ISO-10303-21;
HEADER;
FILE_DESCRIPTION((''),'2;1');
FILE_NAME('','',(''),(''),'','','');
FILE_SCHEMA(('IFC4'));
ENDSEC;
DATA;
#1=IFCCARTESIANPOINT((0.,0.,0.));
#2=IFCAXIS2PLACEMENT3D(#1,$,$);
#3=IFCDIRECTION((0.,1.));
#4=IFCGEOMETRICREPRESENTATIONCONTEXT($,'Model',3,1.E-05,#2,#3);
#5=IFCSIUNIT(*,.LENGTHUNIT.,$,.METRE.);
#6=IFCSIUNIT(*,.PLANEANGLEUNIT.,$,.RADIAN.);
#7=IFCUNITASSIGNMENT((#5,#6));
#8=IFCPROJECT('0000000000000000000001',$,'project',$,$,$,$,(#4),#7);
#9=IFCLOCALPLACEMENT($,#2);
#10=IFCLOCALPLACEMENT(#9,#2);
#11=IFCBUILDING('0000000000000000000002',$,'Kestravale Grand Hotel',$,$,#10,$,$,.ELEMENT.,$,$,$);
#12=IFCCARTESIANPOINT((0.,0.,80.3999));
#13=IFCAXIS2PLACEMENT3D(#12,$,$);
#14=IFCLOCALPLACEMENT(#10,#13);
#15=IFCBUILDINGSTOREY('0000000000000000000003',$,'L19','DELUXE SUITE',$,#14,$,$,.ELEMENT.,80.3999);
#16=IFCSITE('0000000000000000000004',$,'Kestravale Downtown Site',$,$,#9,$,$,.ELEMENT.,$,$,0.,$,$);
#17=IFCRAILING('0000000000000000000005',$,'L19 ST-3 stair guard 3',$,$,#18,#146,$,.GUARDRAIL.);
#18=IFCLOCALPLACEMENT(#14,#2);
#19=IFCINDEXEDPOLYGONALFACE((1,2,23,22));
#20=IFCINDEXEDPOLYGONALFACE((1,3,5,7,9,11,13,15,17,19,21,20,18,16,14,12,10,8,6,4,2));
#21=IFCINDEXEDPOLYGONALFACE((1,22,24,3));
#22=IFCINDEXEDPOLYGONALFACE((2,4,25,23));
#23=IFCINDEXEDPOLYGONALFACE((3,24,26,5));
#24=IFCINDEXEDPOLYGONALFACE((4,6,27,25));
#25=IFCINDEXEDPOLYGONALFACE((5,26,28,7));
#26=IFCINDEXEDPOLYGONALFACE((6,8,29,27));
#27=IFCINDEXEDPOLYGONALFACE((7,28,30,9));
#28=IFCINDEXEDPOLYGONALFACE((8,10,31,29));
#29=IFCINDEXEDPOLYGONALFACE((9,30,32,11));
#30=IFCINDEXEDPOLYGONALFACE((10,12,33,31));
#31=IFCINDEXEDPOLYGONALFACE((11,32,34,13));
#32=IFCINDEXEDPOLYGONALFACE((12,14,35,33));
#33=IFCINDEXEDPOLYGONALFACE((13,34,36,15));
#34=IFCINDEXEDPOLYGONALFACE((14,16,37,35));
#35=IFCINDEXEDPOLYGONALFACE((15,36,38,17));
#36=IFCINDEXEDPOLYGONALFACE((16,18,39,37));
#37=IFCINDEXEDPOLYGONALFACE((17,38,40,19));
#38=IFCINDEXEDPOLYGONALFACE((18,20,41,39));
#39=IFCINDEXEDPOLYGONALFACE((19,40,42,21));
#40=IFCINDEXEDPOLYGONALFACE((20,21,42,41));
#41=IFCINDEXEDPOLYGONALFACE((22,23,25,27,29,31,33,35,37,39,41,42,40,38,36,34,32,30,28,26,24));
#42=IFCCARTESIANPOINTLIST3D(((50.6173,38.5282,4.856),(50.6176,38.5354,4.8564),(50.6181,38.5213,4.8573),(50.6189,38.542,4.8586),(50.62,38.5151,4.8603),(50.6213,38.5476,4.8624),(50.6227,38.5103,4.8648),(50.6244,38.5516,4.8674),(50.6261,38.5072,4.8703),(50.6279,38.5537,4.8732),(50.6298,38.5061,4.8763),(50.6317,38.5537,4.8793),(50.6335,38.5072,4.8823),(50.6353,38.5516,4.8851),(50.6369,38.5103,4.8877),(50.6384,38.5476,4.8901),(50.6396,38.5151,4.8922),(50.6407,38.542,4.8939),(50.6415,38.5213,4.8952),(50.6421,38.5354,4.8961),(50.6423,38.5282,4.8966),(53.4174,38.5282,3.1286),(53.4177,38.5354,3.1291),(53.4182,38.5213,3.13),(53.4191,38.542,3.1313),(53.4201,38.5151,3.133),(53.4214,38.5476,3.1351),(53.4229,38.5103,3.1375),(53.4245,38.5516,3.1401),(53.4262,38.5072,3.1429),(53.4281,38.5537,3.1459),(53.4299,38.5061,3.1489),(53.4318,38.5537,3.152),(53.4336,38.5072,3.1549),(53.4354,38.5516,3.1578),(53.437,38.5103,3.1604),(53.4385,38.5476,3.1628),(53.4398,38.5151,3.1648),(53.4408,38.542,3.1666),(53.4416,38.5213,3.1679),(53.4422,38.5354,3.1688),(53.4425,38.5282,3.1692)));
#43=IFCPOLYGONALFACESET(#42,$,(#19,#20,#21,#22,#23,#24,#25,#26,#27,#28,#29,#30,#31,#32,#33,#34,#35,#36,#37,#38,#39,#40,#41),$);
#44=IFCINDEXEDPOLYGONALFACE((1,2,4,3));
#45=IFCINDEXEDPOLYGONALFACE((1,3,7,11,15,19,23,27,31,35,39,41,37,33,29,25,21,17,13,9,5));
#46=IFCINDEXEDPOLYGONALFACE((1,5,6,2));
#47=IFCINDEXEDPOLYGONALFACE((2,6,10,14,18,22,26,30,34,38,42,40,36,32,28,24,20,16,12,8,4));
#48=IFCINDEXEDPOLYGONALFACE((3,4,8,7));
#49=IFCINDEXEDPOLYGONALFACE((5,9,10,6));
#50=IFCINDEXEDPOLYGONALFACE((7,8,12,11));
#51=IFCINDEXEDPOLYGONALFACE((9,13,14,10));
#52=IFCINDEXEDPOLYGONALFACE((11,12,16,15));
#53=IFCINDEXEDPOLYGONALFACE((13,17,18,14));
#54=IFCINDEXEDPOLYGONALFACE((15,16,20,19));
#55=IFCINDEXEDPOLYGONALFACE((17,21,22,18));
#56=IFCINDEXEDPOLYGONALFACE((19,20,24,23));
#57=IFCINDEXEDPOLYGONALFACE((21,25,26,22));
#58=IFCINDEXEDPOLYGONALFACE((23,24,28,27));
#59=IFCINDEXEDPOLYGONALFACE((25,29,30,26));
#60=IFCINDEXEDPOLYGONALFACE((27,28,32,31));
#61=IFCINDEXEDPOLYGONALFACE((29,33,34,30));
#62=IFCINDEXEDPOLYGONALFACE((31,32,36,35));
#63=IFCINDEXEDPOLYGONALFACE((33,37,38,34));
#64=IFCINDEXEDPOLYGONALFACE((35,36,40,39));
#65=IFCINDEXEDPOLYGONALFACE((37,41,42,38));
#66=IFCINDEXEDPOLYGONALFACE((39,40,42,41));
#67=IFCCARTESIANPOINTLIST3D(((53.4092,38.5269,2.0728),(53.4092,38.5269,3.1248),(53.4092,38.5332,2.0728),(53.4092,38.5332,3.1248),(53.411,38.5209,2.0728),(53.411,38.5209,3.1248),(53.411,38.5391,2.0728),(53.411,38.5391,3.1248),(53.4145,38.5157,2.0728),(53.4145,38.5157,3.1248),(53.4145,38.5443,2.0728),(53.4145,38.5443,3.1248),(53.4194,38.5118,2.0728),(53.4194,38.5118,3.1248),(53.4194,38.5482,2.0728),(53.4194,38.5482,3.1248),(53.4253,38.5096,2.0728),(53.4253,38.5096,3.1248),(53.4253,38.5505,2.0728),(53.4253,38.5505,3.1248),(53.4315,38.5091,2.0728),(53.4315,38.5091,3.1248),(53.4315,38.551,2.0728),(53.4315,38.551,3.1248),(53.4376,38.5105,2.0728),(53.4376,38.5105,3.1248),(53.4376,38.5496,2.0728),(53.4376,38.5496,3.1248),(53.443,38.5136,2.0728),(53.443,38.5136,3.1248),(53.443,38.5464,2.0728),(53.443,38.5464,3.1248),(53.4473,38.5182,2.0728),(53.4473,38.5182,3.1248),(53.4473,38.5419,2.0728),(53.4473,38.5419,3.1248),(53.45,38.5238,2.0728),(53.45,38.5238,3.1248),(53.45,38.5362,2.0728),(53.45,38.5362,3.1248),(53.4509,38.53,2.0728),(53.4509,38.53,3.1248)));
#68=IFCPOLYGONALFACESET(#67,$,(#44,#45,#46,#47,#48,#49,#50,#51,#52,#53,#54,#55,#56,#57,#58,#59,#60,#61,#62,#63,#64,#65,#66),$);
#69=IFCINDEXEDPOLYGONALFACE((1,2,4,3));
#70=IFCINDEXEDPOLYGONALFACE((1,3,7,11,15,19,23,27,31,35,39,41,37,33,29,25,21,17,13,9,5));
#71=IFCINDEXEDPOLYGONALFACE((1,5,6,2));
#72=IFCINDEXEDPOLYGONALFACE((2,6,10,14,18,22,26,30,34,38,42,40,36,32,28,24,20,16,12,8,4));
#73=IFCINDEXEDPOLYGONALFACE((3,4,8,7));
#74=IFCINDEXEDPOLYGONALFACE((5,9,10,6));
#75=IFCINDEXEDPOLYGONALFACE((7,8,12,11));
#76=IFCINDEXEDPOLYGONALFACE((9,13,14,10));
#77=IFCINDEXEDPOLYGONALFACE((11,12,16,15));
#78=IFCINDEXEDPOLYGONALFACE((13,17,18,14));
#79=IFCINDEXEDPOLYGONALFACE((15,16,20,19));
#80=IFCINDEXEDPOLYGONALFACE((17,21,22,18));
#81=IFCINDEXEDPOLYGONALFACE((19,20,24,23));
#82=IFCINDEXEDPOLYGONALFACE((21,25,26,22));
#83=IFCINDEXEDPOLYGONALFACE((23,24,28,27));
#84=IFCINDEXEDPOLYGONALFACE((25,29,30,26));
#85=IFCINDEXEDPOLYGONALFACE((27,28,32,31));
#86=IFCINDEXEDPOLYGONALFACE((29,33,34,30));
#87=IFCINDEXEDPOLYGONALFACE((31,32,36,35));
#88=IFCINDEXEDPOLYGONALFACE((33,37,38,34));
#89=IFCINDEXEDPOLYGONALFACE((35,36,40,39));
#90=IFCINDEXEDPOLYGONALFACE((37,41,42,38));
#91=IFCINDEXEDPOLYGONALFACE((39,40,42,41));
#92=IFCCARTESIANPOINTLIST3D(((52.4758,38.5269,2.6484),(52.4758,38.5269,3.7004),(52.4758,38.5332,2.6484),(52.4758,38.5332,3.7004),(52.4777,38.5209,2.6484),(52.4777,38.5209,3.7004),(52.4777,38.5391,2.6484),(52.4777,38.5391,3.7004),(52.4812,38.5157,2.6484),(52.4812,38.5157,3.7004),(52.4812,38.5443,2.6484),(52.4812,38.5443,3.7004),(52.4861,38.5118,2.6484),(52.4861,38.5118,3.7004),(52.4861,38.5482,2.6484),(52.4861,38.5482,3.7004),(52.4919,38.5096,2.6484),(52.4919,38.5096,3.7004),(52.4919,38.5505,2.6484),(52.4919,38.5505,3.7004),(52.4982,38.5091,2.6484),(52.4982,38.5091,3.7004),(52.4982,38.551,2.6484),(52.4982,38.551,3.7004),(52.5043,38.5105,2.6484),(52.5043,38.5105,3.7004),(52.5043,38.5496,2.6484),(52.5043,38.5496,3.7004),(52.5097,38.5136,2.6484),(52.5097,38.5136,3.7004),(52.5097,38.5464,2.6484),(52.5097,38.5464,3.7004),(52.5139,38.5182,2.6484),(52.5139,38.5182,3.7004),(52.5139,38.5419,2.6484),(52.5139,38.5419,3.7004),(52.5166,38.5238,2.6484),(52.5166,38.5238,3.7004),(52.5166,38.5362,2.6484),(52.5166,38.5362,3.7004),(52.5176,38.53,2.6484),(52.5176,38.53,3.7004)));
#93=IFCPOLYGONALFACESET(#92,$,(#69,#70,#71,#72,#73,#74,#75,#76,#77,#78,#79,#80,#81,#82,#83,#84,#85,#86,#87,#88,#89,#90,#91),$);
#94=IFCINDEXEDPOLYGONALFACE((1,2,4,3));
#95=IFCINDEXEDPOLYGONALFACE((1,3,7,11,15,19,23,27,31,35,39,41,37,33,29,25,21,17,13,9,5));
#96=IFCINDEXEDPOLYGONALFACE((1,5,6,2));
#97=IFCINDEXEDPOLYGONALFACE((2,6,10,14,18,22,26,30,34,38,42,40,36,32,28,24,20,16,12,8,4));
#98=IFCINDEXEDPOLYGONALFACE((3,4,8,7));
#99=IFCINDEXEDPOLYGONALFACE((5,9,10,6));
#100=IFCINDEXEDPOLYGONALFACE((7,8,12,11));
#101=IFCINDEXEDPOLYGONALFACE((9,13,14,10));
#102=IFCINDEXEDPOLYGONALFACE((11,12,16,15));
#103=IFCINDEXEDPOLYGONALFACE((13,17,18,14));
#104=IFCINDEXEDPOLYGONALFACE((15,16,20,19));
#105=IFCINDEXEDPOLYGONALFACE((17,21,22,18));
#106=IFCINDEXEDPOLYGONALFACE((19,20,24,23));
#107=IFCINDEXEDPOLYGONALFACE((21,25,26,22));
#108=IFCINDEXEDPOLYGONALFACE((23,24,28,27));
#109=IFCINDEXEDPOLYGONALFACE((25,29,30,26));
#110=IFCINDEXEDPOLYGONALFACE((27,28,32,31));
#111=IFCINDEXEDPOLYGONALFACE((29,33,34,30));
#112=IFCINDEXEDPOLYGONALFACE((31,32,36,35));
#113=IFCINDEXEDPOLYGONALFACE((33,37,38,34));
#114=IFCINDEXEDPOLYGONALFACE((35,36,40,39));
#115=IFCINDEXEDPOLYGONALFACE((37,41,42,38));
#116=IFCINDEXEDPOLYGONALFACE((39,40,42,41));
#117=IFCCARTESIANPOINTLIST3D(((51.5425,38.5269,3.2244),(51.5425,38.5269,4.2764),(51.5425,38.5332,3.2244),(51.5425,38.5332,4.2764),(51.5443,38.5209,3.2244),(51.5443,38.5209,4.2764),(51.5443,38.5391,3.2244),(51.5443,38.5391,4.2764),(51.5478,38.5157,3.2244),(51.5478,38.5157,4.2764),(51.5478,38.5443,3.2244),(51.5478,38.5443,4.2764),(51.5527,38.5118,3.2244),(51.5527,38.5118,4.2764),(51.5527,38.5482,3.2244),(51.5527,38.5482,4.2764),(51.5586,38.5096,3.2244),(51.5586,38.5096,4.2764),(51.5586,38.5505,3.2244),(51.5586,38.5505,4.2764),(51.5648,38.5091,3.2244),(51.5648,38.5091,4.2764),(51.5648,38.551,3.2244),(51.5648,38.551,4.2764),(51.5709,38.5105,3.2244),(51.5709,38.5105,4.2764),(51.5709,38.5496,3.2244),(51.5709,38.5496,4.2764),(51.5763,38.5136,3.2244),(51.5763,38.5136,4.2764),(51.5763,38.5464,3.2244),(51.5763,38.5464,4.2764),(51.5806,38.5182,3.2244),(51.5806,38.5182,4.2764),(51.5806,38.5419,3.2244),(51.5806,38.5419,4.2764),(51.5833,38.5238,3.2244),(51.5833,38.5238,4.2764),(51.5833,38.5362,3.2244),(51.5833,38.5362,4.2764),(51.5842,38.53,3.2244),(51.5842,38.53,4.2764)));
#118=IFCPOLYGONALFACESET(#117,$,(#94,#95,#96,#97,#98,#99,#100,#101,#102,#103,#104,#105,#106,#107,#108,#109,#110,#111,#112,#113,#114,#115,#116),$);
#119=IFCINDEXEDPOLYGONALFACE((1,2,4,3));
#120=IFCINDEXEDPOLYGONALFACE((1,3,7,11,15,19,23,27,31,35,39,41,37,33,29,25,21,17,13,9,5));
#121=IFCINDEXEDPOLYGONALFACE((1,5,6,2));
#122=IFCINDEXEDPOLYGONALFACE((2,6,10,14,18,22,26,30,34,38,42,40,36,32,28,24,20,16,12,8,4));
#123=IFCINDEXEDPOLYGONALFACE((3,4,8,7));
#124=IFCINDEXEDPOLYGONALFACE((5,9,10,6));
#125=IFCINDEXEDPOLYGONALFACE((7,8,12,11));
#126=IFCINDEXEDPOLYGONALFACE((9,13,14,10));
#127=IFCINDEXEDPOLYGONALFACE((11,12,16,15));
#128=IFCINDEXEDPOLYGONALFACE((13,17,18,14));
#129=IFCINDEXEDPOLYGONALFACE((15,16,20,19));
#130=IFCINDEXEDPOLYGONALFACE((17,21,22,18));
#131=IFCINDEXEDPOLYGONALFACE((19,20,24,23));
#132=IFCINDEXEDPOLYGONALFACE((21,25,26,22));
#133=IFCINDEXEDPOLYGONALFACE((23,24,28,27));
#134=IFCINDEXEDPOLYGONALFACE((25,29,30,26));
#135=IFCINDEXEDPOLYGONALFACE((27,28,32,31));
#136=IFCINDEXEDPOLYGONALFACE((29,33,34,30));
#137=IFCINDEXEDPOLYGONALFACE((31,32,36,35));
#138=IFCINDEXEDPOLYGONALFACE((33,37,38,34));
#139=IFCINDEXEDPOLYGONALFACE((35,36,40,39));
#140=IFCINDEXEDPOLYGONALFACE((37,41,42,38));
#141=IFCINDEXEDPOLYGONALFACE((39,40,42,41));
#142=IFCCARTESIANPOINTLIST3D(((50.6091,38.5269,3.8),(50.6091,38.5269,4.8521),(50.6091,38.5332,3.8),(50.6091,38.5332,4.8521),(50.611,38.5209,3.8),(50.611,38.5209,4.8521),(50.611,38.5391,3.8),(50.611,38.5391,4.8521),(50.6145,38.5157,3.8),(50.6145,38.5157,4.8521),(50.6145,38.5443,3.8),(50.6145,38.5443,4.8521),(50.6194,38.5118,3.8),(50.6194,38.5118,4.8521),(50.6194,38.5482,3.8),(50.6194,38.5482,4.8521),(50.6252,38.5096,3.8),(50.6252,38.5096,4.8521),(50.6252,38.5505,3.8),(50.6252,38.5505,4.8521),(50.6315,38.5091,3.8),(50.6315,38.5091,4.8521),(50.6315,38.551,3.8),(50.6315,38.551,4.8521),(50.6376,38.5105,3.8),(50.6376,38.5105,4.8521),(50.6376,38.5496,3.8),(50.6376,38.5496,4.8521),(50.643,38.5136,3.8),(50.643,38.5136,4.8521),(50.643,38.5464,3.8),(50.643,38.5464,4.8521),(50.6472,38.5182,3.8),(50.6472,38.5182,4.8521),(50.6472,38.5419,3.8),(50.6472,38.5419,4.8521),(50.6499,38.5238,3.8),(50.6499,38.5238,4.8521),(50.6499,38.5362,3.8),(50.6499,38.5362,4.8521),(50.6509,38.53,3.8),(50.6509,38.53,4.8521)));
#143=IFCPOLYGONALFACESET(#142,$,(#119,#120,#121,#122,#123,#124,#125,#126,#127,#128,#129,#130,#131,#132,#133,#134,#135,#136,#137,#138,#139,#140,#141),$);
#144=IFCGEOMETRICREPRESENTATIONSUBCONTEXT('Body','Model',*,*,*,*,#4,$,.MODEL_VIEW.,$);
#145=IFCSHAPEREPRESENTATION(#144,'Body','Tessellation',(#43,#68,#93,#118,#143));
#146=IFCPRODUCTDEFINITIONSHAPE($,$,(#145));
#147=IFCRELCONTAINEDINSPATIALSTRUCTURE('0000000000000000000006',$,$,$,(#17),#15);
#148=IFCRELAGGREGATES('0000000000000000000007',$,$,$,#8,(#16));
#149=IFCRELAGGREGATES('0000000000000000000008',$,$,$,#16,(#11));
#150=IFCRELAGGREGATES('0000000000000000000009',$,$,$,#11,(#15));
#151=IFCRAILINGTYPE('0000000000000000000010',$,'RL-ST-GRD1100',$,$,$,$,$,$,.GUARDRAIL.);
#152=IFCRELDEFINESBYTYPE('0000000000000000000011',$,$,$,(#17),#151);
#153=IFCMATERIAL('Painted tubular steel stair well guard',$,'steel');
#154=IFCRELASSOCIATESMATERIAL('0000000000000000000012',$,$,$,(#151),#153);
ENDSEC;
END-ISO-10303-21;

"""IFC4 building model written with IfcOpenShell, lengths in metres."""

from ifc_helpers import new_model, si_unit, direction, frame, origin, origin_2d, place, context, subcontext, project, spatial, circle, extrude, material, type_object, element, save


model = new_model("IFC4")

# Units and contexts
model_context = context("Model", 3, precision=1e-05, world=origin(), true_north=direction((0.0, 1.0)))
body_context = subcontext(model_context, "Body", "Model", "MODEL_VIEW")
ifc_project = project(units=[si_unit("LENGTHUNIT", "METRE"), si_unit("PLANEANGLEUNIT", "RADIAN")], contexts=[model_context])

# Site, building, storey
site_placement = place(None, origin())
site = spatial("IfcSite", under=ifc_project, at=site_placement, Name="Kestravale Downtown Site", CompositionType="ELEMENT", RefElevation=0.0)
building_placement = place(site_placement, origin())
building = spatial("IfcBuilding", under=site, at=building_placement, Name="Kestravale Grand Hotel", CompositionType="ELEMENT")
storey_placement = place(building_placement, frame((0.0, 0.0, 80.3999)))
storey = spatial("IfcBuildingStorey", under=building, at=storey_placement, Name="L19", Description="DELUXE SUITE", CompositionType="ELEMENT", Elevation=80.3999)

# Railing
ifc_material_1 = material(Name="Painted tubular steel stair well guard", Category="steel")
railing_type_1 = type_object("IfcRailingType", Name="RL-ST-GRD1100", PredefinedType="GUARDRAIL", material=ifc_material_1)
railing_1_placement = place(storey_placement, frame((53.4299, 38.53, 2.0728)))
element("IfcRailing", 1, at=railing_1_placement, inside=storey, type_object=railing_type_1, Name="L19 ST-3 stair guard 3", PredefinedType="GUARDRAIL", context=body_context, shape_type="SweptSolid", body=[
    extrude(circle(Radius=0.0239, at=origin_2d()), frame((0.0, 0.0, 1.0762), z_axis=(-0.85109, 0.0, 0.52502), x_axis=(0.0, -1.0, 0.0)), (0.0, 0.0, 1.0), 3.29),
    extrude(circle(Radius=0.021, at=origin_2d()), origin(), (0.0, 0.0, 1.0), 1.052),
    extrude(circle(Radius=0.021, at=origin_2d()), frame((-0.9333, 0.0, 0.5757)), (0.0, 0.0, 1.0), 1.052),
    extrude(circle(Radius=0.021, at=origin_2d()), frame((-1.8667, 0.0, 1.1516)), (0.0, 0.0, 1.0), 1.052),
    extrude(circle(Radius=0.021, at=origin_2d()), frame((-2.8, 0.0, 1.7273)), (0.0, 0.0, 1.0), 1.052),
])

save(model, "model.ifc")
